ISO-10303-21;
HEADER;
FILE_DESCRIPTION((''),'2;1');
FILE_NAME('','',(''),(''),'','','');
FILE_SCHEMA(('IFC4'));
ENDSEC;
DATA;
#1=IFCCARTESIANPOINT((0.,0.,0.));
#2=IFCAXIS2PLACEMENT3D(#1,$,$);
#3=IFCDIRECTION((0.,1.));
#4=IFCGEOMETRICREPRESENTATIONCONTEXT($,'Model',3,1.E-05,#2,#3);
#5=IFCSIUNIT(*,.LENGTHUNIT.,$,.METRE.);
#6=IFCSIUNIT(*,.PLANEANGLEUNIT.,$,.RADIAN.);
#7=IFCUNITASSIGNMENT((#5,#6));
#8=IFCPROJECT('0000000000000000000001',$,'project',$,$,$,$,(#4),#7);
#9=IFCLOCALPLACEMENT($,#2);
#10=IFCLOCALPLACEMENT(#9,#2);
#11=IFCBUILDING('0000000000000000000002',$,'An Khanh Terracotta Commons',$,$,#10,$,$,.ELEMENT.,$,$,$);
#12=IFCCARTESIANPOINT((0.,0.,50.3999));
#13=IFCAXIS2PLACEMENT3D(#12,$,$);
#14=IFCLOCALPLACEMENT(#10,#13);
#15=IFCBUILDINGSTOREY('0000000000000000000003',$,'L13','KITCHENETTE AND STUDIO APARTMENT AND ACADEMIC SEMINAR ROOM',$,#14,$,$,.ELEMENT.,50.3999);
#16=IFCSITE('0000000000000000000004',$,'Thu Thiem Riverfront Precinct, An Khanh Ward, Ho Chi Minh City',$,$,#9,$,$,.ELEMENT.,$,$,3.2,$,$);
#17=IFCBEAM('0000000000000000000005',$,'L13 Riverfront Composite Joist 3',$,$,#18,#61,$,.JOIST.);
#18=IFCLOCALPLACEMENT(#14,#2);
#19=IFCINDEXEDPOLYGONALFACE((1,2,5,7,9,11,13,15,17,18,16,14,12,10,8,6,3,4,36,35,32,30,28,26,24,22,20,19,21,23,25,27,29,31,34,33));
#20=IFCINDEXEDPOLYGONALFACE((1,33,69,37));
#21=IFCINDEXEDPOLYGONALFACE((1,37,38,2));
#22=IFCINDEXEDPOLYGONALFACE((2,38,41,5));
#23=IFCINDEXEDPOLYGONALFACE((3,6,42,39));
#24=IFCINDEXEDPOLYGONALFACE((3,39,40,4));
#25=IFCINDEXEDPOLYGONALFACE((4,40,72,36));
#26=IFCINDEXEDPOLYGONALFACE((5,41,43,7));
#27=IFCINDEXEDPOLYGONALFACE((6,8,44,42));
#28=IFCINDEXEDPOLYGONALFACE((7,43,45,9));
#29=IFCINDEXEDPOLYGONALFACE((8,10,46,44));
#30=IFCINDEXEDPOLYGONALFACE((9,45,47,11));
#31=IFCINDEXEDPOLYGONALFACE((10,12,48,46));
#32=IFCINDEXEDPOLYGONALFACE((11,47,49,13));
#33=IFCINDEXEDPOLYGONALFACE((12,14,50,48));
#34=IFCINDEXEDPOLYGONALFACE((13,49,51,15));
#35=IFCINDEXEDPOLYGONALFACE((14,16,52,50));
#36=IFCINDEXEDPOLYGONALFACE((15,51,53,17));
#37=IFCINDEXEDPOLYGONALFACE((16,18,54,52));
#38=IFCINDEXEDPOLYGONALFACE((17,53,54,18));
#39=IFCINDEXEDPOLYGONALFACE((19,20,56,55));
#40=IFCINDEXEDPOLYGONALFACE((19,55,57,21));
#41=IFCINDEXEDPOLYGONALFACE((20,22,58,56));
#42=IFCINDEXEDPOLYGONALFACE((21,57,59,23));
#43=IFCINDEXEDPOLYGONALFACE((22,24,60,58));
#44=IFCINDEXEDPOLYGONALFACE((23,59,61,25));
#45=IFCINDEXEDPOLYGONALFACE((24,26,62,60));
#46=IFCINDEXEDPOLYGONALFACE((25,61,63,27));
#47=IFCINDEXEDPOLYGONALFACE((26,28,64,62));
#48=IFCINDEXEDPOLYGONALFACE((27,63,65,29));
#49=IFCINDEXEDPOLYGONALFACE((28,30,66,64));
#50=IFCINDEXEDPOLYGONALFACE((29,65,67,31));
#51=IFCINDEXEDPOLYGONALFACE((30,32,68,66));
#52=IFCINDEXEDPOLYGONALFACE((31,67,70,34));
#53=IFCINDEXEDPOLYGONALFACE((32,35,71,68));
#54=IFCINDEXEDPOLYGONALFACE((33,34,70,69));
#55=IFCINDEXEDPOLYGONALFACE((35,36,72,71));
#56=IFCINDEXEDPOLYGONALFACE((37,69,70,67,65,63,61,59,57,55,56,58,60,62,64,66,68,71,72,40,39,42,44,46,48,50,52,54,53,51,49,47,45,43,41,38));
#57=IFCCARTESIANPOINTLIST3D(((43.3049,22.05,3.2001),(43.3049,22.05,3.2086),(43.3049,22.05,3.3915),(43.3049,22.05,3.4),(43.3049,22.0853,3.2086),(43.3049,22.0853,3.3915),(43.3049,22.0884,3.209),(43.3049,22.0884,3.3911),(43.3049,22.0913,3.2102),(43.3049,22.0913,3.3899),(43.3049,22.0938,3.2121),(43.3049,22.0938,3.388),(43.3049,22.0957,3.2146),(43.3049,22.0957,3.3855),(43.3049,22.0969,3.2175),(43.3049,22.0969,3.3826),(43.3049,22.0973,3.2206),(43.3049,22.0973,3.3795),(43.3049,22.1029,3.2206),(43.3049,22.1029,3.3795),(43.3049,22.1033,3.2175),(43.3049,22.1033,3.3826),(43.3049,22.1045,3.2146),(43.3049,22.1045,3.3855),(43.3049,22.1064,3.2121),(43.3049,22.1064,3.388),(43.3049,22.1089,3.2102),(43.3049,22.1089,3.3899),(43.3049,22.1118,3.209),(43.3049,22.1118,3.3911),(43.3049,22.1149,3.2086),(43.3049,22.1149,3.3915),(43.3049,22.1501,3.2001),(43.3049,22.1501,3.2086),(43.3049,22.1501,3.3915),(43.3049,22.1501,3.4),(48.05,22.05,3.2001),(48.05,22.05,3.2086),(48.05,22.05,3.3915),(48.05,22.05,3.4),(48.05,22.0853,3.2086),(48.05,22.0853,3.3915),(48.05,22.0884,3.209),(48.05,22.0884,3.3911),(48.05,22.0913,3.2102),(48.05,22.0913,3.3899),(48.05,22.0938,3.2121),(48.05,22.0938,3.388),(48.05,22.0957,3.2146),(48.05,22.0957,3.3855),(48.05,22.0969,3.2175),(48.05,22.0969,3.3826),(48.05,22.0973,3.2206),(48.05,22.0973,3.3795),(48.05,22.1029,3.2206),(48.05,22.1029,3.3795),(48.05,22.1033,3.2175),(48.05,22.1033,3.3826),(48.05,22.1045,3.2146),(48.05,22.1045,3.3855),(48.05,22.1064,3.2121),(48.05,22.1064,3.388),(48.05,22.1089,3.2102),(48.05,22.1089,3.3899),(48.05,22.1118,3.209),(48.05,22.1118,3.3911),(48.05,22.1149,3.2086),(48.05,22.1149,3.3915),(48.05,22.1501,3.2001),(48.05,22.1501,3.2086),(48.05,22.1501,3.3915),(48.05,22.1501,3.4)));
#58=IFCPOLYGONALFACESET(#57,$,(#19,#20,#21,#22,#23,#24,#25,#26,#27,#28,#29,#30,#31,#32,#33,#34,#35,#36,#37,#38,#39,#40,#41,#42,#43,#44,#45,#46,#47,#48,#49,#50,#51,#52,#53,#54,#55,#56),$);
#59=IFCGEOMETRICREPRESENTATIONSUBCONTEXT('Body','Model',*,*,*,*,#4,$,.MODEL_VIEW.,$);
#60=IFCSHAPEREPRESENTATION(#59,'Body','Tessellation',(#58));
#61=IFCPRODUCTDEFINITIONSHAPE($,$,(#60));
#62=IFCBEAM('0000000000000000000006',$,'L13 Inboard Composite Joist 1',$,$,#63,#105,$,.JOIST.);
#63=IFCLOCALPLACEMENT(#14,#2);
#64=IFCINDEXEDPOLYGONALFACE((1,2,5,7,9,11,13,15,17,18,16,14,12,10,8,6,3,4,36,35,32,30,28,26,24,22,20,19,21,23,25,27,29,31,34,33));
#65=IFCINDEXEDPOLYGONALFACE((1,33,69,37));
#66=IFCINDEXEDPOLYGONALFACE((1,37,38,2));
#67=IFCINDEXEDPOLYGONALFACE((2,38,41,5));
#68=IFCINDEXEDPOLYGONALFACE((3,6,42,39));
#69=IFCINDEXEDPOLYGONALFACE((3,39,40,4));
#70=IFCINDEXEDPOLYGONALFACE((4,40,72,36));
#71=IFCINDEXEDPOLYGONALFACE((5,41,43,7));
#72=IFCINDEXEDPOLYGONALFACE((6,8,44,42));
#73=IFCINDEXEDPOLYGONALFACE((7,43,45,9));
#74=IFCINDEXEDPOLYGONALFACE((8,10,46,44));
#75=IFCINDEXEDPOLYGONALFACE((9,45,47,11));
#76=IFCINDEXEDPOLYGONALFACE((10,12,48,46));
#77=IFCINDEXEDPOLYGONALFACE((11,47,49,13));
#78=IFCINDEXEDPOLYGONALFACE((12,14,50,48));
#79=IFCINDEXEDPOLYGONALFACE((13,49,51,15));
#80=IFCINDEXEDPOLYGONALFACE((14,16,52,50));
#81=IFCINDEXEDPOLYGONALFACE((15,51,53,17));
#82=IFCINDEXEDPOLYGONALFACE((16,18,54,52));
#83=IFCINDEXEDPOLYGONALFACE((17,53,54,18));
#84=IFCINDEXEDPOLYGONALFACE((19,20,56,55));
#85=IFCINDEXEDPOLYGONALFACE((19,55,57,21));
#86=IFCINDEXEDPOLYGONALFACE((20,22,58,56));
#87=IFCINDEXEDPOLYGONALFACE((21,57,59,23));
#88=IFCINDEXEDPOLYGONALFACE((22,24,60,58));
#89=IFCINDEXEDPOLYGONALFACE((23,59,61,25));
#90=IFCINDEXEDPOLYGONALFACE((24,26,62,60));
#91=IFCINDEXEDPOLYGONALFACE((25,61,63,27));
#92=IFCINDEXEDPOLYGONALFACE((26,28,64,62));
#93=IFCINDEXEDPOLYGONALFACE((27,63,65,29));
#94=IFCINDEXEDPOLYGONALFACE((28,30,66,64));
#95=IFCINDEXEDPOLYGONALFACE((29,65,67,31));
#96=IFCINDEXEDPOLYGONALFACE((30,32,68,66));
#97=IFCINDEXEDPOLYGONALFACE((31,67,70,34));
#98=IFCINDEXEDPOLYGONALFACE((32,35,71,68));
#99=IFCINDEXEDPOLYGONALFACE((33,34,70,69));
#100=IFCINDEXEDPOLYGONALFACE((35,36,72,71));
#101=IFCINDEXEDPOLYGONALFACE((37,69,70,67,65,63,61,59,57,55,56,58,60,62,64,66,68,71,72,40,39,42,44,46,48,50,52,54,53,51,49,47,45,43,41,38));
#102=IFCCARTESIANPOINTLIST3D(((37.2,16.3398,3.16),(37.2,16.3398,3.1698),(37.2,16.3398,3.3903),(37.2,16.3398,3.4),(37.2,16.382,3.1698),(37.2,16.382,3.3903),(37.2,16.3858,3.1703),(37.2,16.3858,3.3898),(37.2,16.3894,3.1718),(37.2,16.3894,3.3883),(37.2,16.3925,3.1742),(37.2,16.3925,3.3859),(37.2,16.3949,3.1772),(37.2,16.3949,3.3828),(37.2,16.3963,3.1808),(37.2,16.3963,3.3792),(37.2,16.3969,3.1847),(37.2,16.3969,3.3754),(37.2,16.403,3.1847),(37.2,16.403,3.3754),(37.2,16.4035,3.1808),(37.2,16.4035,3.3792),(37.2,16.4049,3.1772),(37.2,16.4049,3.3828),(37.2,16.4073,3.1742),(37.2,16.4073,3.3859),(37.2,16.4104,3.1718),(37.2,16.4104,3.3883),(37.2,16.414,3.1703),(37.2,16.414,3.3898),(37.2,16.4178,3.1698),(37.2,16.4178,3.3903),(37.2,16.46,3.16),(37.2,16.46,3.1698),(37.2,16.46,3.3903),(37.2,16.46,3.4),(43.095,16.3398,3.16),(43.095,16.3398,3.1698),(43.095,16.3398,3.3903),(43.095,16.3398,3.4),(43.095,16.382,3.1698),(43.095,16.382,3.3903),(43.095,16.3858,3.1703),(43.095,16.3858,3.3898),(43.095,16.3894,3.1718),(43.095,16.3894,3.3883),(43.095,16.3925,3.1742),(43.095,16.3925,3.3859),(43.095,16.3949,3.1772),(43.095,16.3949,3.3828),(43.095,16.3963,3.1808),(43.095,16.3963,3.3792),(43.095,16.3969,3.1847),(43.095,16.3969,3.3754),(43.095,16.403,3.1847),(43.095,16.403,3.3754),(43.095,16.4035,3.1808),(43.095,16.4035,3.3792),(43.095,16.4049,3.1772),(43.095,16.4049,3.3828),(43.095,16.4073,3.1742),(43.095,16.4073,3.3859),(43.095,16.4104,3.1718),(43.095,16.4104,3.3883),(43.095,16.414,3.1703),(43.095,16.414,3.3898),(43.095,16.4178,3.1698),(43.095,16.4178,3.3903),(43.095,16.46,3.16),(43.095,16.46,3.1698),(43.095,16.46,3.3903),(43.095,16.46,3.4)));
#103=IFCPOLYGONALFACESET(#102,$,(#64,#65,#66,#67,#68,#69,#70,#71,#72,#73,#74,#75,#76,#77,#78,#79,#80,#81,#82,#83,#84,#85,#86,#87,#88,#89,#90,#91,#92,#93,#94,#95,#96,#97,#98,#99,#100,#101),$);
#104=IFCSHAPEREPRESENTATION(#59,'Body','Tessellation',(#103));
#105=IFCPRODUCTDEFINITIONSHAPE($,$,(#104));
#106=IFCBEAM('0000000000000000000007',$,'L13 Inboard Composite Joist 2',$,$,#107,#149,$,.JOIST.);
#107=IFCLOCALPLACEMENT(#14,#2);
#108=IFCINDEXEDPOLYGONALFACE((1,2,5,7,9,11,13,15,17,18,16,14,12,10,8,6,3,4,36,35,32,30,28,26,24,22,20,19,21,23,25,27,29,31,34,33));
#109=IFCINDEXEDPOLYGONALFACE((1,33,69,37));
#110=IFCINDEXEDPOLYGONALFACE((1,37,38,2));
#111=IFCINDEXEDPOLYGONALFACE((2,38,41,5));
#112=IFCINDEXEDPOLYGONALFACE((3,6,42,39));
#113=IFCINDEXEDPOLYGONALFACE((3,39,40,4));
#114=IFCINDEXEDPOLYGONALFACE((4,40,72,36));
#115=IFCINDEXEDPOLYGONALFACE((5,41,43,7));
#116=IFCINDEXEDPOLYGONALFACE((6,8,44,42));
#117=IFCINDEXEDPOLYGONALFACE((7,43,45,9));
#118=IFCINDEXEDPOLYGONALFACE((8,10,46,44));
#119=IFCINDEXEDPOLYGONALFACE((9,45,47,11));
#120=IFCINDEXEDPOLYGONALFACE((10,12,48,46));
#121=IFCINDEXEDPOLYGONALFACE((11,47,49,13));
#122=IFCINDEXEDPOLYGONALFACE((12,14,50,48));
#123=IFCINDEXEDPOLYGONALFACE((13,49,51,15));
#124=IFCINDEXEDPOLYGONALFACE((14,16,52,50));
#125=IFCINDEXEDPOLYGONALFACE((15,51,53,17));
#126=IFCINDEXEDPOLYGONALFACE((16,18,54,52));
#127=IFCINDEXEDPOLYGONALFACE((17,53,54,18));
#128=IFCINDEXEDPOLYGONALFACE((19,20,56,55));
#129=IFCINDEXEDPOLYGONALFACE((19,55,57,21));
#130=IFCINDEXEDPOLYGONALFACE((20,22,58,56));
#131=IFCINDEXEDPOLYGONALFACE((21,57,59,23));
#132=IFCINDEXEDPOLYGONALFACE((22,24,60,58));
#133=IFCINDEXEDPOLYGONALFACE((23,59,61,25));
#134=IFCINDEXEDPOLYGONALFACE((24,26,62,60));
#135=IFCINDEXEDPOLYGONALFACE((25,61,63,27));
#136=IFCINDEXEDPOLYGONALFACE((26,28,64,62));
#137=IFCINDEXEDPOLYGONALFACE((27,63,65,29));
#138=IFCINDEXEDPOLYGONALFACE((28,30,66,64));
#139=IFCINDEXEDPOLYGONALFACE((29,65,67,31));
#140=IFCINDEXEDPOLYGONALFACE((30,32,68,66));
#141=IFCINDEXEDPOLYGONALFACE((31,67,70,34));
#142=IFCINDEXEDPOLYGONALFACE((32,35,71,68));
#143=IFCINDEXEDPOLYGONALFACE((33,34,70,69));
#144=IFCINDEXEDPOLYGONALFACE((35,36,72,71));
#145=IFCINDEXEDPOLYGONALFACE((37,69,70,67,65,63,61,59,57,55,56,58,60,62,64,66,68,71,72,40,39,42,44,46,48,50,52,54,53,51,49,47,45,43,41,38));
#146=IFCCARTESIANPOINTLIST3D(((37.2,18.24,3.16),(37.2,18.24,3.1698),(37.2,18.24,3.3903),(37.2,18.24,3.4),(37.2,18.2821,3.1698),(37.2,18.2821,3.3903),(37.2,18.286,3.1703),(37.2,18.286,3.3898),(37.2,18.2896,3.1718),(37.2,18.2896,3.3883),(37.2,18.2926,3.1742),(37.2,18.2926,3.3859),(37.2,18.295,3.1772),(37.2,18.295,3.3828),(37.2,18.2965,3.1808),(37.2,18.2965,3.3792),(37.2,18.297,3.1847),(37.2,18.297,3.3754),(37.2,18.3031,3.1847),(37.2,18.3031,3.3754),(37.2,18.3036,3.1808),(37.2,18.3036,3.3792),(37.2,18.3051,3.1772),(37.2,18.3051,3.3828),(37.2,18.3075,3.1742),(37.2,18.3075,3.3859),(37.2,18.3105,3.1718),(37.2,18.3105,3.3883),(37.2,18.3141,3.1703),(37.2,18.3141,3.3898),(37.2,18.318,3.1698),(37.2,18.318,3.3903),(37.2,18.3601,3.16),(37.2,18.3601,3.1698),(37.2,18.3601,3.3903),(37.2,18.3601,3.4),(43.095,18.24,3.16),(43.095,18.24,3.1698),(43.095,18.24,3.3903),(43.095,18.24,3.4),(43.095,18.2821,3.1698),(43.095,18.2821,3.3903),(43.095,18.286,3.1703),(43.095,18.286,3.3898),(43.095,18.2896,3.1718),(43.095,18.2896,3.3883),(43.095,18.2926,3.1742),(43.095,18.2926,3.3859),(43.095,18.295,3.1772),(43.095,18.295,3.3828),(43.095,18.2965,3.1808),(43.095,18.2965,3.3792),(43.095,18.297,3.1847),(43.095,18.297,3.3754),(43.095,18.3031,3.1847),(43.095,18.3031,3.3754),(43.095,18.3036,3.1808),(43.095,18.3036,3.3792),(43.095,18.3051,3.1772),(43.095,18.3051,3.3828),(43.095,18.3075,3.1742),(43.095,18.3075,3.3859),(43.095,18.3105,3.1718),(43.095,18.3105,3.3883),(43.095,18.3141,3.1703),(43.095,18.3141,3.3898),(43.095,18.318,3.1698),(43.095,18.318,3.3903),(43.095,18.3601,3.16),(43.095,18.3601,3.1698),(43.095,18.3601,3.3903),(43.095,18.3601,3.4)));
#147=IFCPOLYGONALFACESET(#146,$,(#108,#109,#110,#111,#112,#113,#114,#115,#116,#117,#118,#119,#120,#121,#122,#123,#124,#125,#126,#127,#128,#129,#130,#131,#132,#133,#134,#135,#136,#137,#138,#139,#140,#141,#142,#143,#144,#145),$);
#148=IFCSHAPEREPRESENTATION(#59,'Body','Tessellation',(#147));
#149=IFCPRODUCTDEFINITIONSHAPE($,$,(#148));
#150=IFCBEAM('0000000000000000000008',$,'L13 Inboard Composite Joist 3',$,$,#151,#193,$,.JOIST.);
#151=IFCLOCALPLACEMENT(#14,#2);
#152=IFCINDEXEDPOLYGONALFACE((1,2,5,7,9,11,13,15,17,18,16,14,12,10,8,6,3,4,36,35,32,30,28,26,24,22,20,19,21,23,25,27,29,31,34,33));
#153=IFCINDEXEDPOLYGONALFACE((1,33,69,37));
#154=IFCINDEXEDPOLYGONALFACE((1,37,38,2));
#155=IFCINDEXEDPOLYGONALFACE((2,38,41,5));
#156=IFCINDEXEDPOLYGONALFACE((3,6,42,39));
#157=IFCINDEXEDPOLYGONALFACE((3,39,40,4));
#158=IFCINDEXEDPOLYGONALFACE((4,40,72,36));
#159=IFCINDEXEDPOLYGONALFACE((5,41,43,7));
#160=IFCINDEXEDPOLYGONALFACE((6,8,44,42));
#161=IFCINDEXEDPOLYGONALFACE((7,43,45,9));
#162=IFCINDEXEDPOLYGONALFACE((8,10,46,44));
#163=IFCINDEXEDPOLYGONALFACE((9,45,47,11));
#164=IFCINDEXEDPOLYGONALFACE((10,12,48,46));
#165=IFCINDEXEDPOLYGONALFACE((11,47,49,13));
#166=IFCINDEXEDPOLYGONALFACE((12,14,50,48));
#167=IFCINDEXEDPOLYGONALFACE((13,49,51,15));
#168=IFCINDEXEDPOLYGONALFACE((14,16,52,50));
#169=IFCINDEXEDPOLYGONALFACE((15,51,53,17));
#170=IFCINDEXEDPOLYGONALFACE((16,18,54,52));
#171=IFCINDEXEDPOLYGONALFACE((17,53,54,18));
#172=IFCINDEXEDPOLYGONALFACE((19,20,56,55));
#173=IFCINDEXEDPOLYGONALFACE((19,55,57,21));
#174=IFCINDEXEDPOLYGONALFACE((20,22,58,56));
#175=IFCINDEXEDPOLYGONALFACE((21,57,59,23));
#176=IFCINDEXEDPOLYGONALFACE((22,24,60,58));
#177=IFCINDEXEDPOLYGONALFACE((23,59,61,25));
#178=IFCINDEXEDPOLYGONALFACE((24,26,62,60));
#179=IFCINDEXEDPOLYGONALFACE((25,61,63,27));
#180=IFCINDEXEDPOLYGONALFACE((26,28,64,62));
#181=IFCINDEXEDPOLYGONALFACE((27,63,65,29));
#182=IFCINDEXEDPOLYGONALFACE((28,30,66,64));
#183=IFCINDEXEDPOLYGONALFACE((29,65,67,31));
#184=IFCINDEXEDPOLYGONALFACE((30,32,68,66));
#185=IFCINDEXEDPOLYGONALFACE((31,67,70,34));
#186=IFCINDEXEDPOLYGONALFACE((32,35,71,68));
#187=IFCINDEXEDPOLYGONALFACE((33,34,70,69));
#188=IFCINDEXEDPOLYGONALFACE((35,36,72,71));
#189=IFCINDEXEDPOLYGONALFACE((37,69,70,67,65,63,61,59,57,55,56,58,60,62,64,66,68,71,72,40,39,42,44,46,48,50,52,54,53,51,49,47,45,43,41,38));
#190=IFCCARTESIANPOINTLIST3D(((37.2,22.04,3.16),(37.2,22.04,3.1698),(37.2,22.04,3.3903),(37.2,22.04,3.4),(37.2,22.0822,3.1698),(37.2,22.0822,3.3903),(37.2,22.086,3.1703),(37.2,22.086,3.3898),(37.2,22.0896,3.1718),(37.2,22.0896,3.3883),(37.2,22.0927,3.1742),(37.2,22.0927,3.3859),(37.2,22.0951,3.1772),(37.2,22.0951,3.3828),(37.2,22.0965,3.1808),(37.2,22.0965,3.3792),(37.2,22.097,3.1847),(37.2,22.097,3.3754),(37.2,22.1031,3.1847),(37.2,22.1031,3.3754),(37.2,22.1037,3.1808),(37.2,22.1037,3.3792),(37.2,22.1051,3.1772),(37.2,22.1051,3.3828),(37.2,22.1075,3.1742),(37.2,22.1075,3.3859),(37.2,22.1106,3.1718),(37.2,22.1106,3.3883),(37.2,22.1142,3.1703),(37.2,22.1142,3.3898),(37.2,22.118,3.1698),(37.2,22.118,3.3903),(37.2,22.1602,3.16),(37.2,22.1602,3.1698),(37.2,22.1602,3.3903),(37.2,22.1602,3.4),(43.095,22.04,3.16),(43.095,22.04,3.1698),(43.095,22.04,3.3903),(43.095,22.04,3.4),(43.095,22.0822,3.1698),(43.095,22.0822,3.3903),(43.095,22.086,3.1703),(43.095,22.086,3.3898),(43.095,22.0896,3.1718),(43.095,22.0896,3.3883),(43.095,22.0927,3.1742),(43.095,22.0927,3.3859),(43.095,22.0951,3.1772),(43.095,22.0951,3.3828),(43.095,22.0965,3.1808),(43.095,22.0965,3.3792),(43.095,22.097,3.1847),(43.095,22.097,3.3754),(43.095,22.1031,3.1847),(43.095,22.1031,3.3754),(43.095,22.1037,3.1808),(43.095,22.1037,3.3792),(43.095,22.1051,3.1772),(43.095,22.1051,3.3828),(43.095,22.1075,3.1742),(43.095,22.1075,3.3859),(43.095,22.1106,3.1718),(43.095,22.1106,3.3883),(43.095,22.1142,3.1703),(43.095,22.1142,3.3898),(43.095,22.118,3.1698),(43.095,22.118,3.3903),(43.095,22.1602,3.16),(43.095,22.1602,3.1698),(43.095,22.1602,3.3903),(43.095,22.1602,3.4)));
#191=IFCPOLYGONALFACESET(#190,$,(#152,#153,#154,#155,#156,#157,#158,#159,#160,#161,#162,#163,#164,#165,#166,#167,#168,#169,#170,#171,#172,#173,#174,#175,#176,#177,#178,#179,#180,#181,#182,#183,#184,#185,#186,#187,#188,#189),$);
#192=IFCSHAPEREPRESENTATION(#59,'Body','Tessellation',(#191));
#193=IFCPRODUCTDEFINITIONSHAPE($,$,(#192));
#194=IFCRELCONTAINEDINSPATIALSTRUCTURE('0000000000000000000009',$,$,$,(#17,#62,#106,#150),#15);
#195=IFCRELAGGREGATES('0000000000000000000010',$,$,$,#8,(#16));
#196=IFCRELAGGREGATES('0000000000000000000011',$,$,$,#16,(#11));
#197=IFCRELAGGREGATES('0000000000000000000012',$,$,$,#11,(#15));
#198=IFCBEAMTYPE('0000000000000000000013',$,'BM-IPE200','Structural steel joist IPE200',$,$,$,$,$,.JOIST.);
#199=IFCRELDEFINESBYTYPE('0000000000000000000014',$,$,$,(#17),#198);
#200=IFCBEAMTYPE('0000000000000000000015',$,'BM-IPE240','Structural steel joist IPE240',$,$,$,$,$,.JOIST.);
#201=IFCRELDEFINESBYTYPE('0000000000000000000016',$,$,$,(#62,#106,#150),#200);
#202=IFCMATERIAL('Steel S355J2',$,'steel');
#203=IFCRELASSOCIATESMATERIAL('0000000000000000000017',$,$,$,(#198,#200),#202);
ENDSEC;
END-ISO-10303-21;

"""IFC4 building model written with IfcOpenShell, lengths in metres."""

from ifc_helpers import new_model, si_unit, direction, frame, origin, origin_2d, place, context, subcontext, project, spatial, i_section, extrude, material, material_profile, profile_set, type_object, element, save


model = new_model("IFC4")

# Units and contexts
model_context = context("Model", 3, precision=1e-05, world=origin(), true_north=direction((0.0, 1.0)))
body_context = subcontext(model_context, "Body", "Model", "MODEL_VIEW")
ifc_project = project(units=[si_unit("LENGTHUNIT", "METRE"), si_unit("PLANEANGLEUNIT", "RADIAN")], contexts=[model_context])

# Site, building, storey
site_placement = place(None, origin())
site = spatial("IfcSite", under=ifc_project, at=site_placement, Name="Thu Thiem Riverfront Precinct, An Khanh Ward, Ho Chi Minh City", CompositionType="ELEMENT", RefElevation=3.2)
building_placement = place(site_placement, origin())
building = spatial("IfcBuilding", under=site, at=building_placement, Name="An Khanh Terracotta Commons", CompositionType="ELEMENT")
storey_placement = place(building_placement, frame((0.0, 0.0, 50.3999)))
storey = spatial("IfcBuildingStorey", under=building, at=storey_placement, Name="L13", Description="KITCHENETTE AND STUDIO APARTMENT AND ACADEMIC SEMINAR ROOM", CompositionType="ELEMENT", Elevation=50.3999)

# Beams
ifc_material_1 = material(Name="Steel S355J2", Category="steel")
ifc_material_profile_1 = material_profile(ifc_material_1, i_section(OverallWidth=0.1001, OverallDepth=0.2, WebThickness=0.0056, FlangeThickness=0.0085, FilletRadius=0.012, at=origin_2d()), Name="IPE200")
ifc_profile_set_1 = profile_set([ifc_material_profile_1], Name="Steel S355J2")
beam_type_1 = type_object("IfcBeamType", Name="BM-IPE200", Description="Structural steel joist IPE200", PredefinedType="JOIST", material=ifc_profile_set_1)
for number, where, z_axis, x_axis, name in (
    (1, (43.3049, 22.1001, 3.3), (1.0, 0.0, 0.0), (0.0, 1.0, 0.0), "L13 Riverfront Composite Joist 3"),
):
    element("IfcBeam", number, at=place(storey_placement, frame(where, z_axis=z_axis, x_axis=x_axis)), inside=storey, type_object=beam_type_1, Name=name, PredefinedType="JOIST", context=body_context, shape_type="SweptSolid", body=[
        extrude(i_section(OverallWidth=0.1001, OverallDepth=0.2, WebThickness=0.0056, FlangeThickness=0.0085, FilletRadius=0.012, at=origin_2d()), origin(), (0.0, 0.0, 1.0), 4.7451),
    ])
ifc_material_profile_2 = material_profile(ifc_material_1, i_section(OverallWidth=0.1201, OverallDepth=0.24, WebThickness=0.0061, FlangeThickness=0.0098, FilletRadius=0.0149, at=origin_2d()), Name="IPE240")
ifc_profile_set_2 = profile_set([ifc_material_profile_2], Name="Steel S355J2")
beam_type_2 = type_object("IfcBeamType", Name="BM-IPE240", Description="Structural steel joist IPE240", PredefinedType="JOIST", material=ifc_profile_set_2)
for number, where, z_axis, x_axis, name in (
    (2, (37.2, 16.3999, 3.28), (1.0, 0.0, 0.0), (0.0, 1.0, 0.0), "L13 Inboard Composite Joist 1"),
    (3, (37.2, 18.3, 3.28), (1.0, 0.0, 0.0), (0.0, 1.0, 0.0), "L13 Inboard Composite Joist 2"),
    (4, (37.2, 22.1001, 3.28), (1.0, 0.0, 0.0), (0.0, 1.0, 0.0), "L13 Inboard Composite Joist 3"),
):
    element("IfcBeam", number, at=place(storey_placement, frame(where, z_axis=z_axis, x_axis=x_axis)), inside=storey, type_object=beam_type_2, Name=name, PredefinedType="JOIST", context=body_context, shape_type="SweptSolid", body=[
        extrude(i_section(OverallWidth=0.1201, OverallDepth=0.24, WebThickness=0.0061, FlangeThickness=0.0098, FilletRadius=0.0149, at=origin_2d()), origin(), (0.0, 0.0, 1.0), 5.895),
    ])

save(model, "model.ifc")
